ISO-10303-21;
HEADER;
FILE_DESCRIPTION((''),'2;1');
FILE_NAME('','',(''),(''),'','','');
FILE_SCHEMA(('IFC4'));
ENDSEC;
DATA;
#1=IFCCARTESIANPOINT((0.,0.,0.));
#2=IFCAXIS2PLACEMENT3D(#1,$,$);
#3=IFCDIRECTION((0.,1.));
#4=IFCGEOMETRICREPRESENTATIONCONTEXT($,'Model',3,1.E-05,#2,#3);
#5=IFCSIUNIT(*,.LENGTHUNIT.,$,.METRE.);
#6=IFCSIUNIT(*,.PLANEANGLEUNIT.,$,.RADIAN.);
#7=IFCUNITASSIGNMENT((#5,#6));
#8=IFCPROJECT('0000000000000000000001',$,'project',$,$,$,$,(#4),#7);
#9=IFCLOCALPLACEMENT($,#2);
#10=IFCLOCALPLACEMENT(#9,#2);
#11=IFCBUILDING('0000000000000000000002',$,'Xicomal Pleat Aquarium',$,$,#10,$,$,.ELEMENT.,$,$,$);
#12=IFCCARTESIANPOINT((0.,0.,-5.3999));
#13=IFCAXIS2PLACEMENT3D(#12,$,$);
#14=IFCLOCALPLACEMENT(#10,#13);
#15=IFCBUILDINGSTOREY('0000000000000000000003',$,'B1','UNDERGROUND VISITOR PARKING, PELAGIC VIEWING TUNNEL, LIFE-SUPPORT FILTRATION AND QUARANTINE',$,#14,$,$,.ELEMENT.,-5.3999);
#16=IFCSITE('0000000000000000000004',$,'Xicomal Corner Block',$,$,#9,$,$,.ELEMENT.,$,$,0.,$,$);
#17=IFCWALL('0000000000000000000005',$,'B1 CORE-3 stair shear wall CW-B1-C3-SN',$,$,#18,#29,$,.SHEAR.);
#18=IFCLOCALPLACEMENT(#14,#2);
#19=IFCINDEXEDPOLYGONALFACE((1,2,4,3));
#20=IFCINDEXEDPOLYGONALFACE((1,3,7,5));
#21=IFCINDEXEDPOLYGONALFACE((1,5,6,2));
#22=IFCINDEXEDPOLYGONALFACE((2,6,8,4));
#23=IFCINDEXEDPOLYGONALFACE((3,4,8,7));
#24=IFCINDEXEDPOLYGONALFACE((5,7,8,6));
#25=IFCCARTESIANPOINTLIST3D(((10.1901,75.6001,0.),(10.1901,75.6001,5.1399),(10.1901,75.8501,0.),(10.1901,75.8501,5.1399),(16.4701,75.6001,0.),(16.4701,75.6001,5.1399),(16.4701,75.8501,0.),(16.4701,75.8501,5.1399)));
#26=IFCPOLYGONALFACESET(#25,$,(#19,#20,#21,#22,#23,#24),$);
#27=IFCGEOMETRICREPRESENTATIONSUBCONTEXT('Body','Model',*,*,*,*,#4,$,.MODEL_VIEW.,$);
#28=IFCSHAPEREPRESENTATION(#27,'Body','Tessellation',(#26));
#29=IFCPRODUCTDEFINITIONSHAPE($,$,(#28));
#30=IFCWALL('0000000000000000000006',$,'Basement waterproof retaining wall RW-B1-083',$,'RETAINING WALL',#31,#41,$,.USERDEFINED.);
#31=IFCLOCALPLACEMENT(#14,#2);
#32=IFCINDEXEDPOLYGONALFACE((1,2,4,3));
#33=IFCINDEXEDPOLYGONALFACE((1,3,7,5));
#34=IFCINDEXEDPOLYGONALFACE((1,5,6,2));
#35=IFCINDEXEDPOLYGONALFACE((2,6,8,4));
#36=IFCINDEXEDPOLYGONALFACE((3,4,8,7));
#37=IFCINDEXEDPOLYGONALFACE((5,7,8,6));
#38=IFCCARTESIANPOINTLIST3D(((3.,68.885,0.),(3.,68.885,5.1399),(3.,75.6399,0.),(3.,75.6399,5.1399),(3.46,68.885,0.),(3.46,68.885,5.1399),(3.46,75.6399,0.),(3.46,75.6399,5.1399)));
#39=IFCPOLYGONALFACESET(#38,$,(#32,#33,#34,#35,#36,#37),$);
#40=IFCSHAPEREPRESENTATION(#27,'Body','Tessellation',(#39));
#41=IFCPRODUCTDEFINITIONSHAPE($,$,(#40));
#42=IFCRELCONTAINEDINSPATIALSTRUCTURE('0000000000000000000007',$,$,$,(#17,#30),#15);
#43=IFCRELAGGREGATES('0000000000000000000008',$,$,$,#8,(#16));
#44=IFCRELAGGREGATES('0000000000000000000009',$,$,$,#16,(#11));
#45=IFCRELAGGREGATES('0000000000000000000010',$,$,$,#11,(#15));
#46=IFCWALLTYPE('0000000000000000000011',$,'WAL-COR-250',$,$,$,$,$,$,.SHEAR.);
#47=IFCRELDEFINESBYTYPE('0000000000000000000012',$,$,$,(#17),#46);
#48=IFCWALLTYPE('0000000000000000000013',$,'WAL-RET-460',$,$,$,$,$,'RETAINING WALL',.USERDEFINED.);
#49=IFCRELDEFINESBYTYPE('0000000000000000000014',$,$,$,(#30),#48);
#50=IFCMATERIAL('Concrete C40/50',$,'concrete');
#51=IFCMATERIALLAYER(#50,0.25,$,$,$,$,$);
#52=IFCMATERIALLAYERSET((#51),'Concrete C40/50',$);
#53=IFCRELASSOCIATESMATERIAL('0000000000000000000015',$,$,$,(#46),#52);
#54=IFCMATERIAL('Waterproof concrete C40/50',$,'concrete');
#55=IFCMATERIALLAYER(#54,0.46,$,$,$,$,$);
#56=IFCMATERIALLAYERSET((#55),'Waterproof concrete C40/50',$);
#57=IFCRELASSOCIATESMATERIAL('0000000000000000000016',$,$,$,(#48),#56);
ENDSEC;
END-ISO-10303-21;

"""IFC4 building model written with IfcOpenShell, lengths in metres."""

from ifc_helpers import new_model, si_unit, direction, frame, frame_2d, origin, place, context, subcontext, project, spatial, rectangle, extrude, material, layer, layer_set, type_object, element, save


model = new_model("IFC4")

# Units and contexts
model_context = context("Model", 3, precision=1e-05, world=origin(), true_north=direction((0.0, 1.0)))
body_context = subcontext(model_context, "Body", "Model", "MODEL_VIEW")
ifc_project = project(units=[si_unit("LENGTHUNIT", "METRE"), si_unit("PLANEANGLEUNIT", "RADIAN")], contexts=[model_context])

# Site, building, storey
site_placement = place(None, origin())
site = spatial("IfcSite", under=ifc_project, at=site_placement, Name="Xicomal Corner Block", CompositionType="ELEMENT", RefElevation=0.0)
building_placement = place(site_placement, origin())
building = spatial("IfcBuilding", under=site, at=building_placement, Name="Xicomal Pleat Aquarium", CompositionType="ELEMENT")
storey_placement = place(building_placement, frame((0.0, 0.0, -5.3999)))
storey = spatial("IfcBuildingStorey", under=building, at=storey_placement, Name="B1", Description="UNDERGROUND VISITOR PARKING, PELAGIC VIEWING TUNNEL, LIFE-SUPPORT FILTRATION AND QUARANTINE", CompositionType="ELEMENT", Elevation=-5.3999)

# Walls
ifc_material_1 = material(Name="Concrete C40/50", Category="concrete")
ifc_layer_1 = layer(ifc_material_1, 0.25)
ifc_layer_set_1 = layer_set([ifc_layer_1], Name="Concrete C40/50")
wall_type_1 = type_object("IfcWallType", Name="WAL-COR-250", PredefinedType="SHEAR", material=ifc_layer_set_1)
wall_1_placement = place(storey_placement, frame((10.1899, 75.7251, 0.0), z_axis=(0.0, 0.0, 1.0), x_axis=(1.0, 0.0, 0.0)))
element("IfcWall", 1, at=wall_1_placement, inside=storey, type_object=wall_type_1, Name="B1 CORE-3 stair shear wall CW-B1-C3-SN", PredefinedType="SHEAR", context=body_context, shape_type="SweptSolid", body=[
    extrude(rectangle(XDim=6.28, YDim=0.25, at=frame_2d((3.1401, 0.0))), origin(), (0.0, 0.0, 1.0), 5.1399),
])
ifc_material_2 = material(Name="Waterproof concrete C40/50", Category="concrete")
ifc_layer_2 = layer(ifc_material_2, 0.46)
ifc_layer_set_2 = layer_set([ifc_layer_2], Name="Waterproof concrete C40/50")
wall_type_2 = type_object("IfcWallType", Name="WAL-RET-460", ElementType="RETAINING WALL", PredefinedType="USERDEFINED", material=ifc_layer_set_2)
wall_2_placement = place(storey_placement, frame((3.23, 68.885, 0.0), z_axis=(0.0, 0.0, 1.0), x_axis=(0.0, 1.0, 0.0)))
element("IfcWall", 2, at=wall_2_placement, inside=storey, type_object=wall_type_2, Name="Basement waterproof retaining wall RW-B1-083", ObjectType="RETAINING WALL", PredefinedType="USERDEFINED", context=body_context, shape_type="SweptSolid", body=[
    extrude(rectangle(XDim=6.7549, YDim=0.46, at=frame_2d((3.3774, 0.0))), origin(), (0.0, 0.0, 1.0), 5.1399),
])

save(model, "model.ifc")
